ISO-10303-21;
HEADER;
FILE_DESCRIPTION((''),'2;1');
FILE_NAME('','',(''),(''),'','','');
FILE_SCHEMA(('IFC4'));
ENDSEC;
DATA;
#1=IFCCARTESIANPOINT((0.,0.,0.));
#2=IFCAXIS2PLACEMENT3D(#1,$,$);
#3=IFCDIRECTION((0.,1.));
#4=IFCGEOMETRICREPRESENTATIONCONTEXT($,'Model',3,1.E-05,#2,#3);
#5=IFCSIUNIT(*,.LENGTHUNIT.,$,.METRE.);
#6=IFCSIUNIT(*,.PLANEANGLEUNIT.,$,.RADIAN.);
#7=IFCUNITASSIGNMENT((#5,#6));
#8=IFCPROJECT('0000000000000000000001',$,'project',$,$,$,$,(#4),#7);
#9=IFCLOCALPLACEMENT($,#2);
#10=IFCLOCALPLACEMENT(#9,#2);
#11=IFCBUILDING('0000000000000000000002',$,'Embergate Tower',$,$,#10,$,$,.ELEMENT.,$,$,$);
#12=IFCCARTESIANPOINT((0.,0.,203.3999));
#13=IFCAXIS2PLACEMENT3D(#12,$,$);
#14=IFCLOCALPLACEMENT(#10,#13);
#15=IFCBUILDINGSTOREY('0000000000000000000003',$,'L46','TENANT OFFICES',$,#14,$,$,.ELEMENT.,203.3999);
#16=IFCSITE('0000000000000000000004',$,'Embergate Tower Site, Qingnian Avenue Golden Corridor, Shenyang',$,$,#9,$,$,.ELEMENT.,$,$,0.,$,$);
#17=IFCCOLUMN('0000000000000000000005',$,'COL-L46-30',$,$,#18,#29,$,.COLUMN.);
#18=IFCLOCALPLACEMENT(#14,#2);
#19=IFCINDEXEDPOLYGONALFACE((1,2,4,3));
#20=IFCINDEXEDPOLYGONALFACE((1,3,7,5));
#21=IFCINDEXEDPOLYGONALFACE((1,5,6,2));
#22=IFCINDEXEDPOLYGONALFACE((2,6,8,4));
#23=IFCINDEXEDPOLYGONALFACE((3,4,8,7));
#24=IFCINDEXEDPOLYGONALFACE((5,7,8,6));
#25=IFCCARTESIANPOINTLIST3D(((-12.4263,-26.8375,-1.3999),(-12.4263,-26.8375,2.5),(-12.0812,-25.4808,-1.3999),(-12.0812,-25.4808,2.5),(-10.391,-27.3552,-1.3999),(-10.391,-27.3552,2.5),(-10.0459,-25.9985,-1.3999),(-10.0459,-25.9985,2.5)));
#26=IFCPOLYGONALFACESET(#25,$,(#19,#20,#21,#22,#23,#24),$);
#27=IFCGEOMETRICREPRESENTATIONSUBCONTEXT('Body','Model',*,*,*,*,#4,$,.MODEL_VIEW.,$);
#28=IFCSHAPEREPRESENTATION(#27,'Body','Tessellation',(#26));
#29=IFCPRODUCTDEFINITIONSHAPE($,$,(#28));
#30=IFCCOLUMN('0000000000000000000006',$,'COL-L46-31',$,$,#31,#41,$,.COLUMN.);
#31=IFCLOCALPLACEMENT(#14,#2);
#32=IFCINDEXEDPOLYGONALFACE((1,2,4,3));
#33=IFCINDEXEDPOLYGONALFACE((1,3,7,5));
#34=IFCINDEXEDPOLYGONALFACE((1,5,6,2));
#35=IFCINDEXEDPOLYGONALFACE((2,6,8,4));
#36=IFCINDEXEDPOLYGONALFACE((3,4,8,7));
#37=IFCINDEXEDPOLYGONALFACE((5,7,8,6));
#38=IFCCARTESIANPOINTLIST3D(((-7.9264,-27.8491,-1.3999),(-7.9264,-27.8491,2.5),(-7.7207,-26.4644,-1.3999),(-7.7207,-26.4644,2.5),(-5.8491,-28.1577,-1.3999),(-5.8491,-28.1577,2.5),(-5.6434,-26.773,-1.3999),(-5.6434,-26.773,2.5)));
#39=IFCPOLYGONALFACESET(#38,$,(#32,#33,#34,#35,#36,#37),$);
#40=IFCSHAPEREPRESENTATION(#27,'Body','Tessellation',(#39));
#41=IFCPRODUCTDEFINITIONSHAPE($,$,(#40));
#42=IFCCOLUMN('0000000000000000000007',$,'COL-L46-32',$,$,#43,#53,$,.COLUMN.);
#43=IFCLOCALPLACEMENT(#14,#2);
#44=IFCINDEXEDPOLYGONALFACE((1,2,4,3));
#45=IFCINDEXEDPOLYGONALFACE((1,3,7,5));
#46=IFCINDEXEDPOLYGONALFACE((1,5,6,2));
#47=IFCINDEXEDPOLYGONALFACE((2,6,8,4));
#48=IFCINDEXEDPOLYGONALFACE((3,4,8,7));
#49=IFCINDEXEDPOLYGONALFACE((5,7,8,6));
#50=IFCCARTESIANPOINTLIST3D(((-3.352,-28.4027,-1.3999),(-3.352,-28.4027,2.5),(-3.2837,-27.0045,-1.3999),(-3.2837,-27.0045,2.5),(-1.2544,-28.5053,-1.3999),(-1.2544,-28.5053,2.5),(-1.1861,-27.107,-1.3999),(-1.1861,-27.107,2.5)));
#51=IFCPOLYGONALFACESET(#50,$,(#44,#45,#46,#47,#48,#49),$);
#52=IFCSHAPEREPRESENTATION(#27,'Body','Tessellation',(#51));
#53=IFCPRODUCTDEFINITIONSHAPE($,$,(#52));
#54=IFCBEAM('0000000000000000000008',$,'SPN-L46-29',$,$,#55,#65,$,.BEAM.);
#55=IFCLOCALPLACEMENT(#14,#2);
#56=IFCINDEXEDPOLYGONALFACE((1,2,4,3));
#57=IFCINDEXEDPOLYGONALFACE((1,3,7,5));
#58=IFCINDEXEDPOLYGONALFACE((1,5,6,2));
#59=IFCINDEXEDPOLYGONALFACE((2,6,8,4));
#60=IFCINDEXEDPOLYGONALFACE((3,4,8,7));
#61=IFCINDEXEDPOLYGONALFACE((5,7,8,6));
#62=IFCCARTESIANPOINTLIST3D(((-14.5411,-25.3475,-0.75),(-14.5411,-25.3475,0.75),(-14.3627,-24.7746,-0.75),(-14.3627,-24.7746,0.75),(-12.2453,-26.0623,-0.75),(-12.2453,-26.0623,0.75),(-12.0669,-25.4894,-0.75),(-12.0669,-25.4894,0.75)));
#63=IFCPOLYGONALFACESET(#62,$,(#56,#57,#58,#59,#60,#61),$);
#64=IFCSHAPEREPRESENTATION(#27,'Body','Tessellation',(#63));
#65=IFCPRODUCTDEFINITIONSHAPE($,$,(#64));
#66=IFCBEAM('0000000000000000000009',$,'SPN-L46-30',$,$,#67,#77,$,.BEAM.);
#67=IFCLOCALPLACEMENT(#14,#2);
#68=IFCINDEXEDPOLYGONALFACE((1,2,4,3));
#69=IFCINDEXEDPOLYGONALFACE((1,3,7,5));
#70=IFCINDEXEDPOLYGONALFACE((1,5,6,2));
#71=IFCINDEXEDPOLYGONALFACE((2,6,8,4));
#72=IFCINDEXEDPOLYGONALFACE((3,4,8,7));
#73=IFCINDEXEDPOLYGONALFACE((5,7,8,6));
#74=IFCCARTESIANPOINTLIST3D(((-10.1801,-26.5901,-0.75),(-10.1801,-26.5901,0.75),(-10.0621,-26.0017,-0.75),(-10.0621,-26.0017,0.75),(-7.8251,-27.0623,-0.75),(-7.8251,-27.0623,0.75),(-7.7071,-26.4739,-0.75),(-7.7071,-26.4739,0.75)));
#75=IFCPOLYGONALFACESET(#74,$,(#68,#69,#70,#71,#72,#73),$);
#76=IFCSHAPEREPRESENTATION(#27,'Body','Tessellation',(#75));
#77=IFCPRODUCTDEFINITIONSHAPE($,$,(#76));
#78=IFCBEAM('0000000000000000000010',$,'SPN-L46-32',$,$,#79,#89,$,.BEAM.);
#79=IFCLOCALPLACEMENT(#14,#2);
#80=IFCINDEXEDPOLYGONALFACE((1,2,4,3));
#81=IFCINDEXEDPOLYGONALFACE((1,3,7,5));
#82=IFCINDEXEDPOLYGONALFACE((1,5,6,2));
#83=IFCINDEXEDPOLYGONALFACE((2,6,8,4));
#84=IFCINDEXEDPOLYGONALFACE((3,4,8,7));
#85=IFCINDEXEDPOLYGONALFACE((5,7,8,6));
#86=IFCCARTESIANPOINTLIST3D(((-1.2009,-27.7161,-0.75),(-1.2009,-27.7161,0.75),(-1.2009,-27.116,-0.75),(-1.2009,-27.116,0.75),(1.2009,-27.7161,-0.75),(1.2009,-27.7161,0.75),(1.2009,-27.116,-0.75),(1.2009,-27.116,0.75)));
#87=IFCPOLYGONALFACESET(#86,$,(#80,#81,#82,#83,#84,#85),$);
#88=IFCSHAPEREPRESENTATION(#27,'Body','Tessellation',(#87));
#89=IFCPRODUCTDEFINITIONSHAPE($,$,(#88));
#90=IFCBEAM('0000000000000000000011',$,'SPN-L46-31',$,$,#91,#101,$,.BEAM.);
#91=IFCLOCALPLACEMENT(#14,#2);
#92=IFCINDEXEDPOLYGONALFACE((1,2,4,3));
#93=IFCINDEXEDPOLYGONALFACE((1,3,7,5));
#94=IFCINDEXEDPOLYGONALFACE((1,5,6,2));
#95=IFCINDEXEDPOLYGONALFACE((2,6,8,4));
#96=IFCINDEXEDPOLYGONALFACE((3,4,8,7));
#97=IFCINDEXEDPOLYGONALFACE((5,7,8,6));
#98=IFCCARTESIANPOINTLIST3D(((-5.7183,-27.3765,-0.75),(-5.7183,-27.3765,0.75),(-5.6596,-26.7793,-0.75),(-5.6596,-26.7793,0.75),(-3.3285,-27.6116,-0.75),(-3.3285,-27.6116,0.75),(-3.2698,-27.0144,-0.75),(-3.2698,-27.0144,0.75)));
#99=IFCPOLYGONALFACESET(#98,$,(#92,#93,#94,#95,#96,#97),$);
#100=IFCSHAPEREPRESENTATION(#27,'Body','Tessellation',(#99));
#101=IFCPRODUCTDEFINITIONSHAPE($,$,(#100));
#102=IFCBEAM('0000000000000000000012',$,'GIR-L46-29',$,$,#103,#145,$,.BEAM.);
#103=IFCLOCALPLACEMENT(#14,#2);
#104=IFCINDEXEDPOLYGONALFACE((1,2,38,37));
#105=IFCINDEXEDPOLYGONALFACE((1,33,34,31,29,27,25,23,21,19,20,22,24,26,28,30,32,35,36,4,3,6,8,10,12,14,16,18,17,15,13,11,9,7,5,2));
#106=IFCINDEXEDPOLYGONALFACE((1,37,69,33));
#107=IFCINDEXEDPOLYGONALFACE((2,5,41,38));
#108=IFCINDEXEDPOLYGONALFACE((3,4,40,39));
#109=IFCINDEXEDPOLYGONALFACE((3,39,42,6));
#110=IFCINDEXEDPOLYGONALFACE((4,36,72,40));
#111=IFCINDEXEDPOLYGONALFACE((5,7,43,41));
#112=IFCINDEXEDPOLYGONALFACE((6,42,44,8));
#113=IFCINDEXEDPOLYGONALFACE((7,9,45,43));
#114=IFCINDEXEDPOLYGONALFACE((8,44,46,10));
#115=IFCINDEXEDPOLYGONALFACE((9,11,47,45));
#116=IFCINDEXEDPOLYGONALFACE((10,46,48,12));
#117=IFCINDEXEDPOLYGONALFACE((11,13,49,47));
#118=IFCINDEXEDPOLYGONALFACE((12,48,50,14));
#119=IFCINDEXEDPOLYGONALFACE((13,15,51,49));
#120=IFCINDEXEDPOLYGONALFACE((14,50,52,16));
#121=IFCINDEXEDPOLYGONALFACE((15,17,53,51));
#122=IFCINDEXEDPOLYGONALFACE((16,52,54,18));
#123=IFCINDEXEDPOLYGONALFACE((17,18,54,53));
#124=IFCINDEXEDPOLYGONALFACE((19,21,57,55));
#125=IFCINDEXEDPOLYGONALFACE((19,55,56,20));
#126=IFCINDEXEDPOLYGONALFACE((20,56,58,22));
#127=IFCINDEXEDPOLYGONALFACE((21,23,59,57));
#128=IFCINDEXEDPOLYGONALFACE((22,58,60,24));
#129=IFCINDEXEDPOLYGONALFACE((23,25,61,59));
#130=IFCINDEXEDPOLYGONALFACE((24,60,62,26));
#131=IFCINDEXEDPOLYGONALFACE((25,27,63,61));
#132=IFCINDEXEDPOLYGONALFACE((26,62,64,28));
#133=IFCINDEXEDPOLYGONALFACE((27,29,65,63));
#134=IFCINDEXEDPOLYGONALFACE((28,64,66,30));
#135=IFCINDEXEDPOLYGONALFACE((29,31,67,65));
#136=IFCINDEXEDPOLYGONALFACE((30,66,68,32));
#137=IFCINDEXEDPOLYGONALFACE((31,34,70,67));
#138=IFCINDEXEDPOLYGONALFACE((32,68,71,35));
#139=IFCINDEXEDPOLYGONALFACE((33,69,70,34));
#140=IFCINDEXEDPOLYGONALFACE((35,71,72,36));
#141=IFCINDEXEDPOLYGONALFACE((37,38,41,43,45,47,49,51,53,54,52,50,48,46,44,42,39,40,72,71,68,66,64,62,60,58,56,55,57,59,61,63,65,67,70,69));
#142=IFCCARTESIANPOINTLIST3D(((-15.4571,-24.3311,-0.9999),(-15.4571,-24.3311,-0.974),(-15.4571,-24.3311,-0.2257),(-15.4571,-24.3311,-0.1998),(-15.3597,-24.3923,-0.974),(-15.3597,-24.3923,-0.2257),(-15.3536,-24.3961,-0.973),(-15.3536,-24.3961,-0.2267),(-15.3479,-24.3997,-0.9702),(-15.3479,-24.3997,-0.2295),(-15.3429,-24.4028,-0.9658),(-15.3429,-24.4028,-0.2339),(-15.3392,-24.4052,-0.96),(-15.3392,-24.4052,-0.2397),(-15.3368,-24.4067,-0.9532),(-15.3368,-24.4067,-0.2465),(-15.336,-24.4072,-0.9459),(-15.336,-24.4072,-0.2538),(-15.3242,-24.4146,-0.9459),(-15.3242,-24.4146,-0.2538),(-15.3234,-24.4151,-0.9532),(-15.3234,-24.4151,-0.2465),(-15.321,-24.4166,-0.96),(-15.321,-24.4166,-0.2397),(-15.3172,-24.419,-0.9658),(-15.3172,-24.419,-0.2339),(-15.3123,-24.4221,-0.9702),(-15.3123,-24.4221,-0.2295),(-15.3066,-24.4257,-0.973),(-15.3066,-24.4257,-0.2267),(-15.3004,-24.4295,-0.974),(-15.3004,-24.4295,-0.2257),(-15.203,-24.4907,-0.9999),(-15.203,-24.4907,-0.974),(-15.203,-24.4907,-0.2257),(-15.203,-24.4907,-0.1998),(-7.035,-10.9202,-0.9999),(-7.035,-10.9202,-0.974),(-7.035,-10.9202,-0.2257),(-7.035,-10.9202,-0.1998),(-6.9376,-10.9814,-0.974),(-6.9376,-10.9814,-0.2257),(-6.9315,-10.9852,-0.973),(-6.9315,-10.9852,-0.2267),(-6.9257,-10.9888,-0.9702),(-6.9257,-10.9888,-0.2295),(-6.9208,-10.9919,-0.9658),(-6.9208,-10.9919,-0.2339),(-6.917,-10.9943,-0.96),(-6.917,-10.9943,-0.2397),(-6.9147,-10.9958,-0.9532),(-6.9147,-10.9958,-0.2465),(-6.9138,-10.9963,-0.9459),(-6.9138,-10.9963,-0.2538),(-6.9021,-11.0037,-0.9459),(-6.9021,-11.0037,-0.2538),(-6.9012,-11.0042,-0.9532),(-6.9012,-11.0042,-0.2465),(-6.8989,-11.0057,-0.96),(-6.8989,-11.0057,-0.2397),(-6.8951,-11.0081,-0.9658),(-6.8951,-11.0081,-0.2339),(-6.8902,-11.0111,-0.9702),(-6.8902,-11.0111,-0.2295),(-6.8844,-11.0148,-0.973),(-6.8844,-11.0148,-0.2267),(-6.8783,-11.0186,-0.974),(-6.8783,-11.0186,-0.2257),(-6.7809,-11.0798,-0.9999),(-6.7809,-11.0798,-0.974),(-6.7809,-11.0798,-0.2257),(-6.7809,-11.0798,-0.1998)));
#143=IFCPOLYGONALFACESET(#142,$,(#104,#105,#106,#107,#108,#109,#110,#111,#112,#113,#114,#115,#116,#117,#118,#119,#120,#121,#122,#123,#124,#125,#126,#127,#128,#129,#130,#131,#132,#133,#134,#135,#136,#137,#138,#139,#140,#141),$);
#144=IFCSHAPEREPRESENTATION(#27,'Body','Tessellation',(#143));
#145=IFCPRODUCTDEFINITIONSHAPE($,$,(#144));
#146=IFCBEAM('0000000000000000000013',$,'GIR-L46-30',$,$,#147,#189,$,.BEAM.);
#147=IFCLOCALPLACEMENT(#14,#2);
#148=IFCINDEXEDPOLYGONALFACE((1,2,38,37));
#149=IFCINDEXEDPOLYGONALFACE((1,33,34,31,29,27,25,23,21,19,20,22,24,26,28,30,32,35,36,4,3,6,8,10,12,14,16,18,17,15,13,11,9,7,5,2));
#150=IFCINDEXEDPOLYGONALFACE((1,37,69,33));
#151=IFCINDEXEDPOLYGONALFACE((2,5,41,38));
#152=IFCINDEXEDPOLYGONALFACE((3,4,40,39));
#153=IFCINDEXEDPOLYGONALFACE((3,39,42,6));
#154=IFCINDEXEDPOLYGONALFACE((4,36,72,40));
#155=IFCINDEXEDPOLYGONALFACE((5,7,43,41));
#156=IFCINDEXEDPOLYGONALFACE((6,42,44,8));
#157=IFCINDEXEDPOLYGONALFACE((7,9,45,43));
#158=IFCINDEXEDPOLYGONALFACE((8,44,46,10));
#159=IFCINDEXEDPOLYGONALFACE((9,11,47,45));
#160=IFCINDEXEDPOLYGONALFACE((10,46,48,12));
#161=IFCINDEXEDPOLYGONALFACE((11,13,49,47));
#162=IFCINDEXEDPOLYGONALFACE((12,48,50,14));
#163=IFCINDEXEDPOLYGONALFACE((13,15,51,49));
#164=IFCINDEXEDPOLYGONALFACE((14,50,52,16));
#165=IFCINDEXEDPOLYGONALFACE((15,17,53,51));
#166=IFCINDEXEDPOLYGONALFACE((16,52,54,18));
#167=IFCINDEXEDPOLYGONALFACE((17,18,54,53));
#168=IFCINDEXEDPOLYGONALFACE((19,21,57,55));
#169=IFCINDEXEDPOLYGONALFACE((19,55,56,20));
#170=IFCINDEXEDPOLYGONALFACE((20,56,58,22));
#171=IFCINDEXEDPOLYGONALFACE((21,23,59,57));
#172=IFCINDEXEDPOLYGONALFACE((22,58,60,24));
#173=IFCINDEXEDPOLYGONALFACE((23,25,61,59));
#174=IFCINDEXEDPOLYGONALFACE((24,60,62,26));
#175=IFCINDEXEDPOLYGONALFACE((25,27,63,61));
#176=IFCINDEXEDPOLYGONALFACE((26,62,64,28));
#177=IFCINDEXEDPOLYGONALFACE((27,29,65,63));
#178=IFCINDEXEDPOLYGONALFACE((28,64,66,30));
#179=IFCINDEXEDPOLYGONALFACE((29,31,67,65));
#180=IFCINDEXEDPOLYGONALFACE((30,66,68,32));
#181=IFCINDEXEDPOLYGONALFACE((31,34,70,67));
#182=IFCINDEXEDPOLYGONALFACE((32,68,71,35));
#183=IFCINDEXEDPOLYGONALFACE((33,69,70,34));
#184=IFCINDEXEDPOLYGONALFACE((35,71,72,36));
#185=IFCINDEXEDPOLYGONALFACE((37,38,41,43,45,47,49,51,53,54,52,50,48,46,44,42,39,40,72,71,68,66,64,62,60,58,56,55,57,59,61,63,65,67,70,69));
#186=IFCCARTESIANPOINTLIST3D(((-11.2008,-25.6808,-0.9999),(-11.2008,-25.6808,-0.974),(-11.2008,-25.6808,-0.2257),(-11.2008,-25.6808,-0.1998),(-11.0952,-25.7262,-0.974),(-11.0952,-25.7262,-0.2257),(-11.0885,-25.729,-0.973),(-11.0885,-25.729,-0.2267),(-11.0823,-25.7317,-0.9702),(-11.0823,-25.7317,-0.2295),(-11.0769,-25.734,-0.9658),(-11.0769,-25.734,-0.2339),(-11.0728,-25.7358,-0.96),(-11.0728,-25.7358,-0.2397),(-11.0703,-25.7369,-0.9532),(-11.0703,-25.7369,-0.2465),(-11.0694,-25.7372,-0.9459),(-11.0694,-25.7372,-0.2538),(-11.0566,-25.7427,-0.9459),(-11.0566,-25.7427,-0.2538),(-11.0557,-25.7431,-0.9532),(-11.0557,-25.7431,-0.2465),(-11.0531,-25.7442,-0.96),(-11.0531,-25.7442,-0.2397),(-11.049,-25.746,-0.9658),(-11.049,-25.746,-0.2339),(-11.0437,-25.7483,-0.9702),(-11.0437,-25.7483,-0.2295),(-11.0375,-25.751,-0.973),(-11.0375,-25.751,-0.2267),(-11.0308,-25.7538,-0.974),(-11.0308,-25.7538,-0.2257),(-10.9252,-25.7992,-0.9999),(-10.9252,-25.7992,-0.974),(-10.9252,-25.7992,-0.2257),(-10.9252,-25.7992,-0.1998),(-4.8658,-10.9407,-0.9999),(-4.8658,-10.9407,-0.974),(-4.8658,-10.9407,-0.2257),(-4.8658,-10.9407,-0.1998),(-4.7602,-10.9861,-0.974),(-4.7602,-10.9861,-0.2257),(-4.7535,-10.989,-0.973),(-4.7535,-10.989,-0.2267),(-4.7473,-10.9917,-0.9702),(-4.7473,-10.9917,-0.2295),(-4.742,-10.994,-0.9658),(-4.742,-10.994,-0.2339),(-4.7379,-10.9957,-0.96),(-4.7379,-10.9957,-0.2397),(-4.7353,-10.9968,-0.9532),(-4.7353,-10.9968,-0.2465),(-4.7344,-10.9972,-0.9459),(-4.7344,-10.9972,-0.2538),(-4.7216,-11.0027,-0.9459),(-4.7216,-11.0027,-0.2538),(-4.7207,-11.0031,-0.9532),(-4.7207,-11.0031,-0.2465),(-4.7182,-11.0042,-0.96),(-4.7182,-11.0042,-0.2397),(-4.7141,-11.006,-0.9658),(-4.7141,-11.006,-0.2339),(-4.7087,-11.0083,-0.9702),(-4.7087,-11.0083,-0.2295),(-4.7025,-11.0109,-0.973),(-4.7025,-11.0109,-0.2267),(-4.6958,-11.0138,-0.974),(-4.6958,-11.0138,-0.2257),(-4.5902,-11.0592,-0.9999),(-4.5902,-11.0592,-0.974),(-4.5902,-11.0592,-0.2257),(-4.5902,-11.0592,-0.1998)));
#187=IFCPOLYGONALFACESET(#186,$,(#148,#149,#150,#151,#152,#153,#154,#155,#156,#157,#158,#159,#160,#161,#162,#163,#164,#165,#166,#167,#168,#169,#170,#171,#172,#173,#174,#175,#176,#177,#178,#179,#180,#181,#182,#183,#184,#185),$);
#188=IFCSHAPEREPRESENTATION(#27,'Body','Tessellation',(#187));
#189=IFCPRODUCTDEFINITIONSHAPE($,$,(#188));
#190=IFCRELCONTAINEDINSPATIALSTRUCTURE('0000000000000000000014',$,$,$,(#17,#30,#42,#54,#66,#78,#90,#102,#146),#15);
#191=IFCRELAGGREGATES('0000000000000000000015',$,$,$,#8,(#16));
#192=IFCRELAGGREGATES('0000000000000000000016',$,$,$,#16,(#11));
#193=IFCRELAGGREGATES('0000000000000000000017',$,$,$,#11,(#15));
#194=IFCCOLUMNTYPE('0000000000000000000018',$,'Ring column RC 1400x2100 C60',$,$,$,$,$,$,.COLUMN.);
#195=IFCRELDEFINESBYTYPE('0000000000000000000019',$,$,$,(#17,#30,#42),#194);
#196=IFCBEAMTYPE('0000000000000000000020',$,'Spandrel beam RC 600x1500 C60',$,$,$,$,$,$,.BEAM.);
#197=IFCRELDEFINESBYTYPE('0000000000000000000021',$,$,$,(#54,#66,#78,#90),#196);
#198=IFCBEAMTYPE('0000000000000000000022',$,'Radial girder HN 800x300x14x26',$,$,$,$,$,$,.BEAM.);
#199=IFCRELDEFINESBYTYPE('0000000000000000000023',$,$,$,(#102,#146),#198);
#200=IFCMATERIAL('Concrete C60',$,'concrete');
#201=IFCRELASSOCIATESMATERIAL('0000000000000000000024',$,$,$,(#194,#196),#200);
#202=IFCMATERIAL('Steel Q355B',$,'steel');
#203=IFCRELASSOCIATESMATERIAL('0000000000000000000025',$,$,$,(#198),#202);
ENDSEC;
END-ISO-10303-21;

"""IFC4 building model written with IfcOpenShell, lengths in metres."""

from ifc_helpers import new_model, si_unit, direction, frame, origin, origin_2d, place, context, subcontext, project, spatial, rectangle, i_section, extrude, source, transform, mapped, material, material_profile, profile_set, type_object, element, save


model = new_model("IFC4")

# Units and contexts
model_context = context("Model", 3, precision=1e-05, world=origin(), true_north=direction((0.0, 1.0)))
body_context = subcontext(model_context, "Body", "Model", "MODEL_VIEW")
ifc_project = project(units=[si_unit("LENGTHUNIT", "METRE"), si_unit("PLANEANGLEUNIT", "RADIAN")], contexts=[model_context])

# Site, building, storey
site_placement = place(None, origin())
site = spatial("IfcSite", under=ifc_project, at=site_placement, Name="Embergate Tower Site, Qingnian Avenue Golden Corridor, Shenyang", CompositionType="ELEMENT", RefElevation=0.0)
building_placement = place(site_placement, origin())
building = spatial("IfcBuilding", under=site, at=building_placement, Name="Embergate Tower", CompositionType="ELEMENT")
storey_placement = place(building_placement, frame((0.0, 0.0, 203.3999)))
storey = spatial("IfcBuildingStorey", under=building, at=storey_placement, Name="L46", Description="TENANT OFFICES", CompositionType="ELEMENT", Elevation=203.3999)

# Columns
ifc_material_1 = material(Name="Concrete C60", Category="concrete")
ifc_material_profile_1 = material_profile(ifc_material_1, rectangle(XDim=1.3999, YDim=2.1001, at=origin_2d()), Name="RC 1400x2100")
ifc_profile_set_1 = profile_set([ifc_material_profile_1], Name="Concrete C60")
column_type = type_object("IfcColumnType", Name="Ring column RC 1400x2100 C60", PredefinedType="COLUMN", material=ifc_profile_set_1)
shared_shape_1 = source(origin(), body_context, "Body", "SweptSolid", [
    extrude(rectangle(XDim=1.3999, YDim=2.1001, at=origin_2d()), origin(), (0.0, 0.0, 1.0), 3.8999),
])
for number, where, z_axis, x_axis, name in (
    (1, (-11.2361, -26.418, -1.3999), (0.0, 0.0, 1.0), (-0.246509, -0.969141, 0.0), "COL-L46-30"),
    (2, (-6.7849, -27.311, -1.3999), (0.0, 0.0, 1.0), (-0.146929, -0.989147, 0.0), "COL-L46-31"),
    (3, (-2.269, -27.7549, -1.3999), (0.0, 0.0, 1.0), (-0.048815, -0.998808, 0.0), "COL-L46-32"),
):
    element("IfcColumn", number, at=place(storey_placement, frame(where, z_axis=z_axis, x_axis=x_axis)), inside=storey, type_object=column_type, Name=name, PredefinedType="COLUMN", context=body_context, shape_type="MappedRepresentation", body=[
        mapped(shared_shape_1, transform((0.0, 0.0, 0.0))),
    ])

# Beams
ifc_material_profile_2 = material_profile(ifc_material_1, rectangle(XDim=0.6001, YDim=1.5, at=origin_2d()), Name="RC 600x1500")
ifc_profile_set_2 = profile_set([ifc_material_profile_2], Name="Concrete C60")
beam_type_1 = type_object("IfcBeamType", Name="Spandrel beam RC 600x1500 C60", PredefinedType="BEAM", material=ifc_profile_set_2)
shared_shape_2 = source(origin(), body_context, "Body", "SweptSolid", [
    extrude(rectangle(XDim=0.6001, YDim=1.5, at=origin_2d()), origin(), (0.0, 0.0, 1.0), 2.4045),
])
beam_1_placement = place(storey_placement, frame((-14.4519, -25.061, 0.0), z_axis=(0.95479, -0.29728, 0.0), x_axis=(0.29728, 0.95479, 0.0)))
element("IfcBeam", 4, at=beam_1_placement, inside=storey, type_object=beam_type_1, Name="SPN-L46-29", PredefinedType="BEAM", context=body_context, shape_type="MappedRepresentation", body=[
    mapped(shared_shape_2, transform((0.0, 0.0, 0.0))),
])
shared_shape_3 = source(origin(), body_context, "Body", "SweptSolid", [
    extrude(rectangle(XDim=0.6001, YDim=1.5, at=origin_2d()), origin(), (0.0, 0.0, 1.0), 2.4019),
])
for number, where, z_axis, x_axis, name in (
    (5, (-10.1211, -26.2959, 0.0), (0.980487, -0.196585, 0.0), (0.196585, 0.980487, 0.0), "SPN-L46-30"),
    (6, (-1.2009, -27.416, 0.0), (1.0, 0.0, 0.0), (0.0, 1.0, 0.0), "SPN-L46-32"),
):
    element("IfcBeam", number, at=place(storey_placement, frame(where, z_axis=z_axis, x_axis=x_axis)), inside=storey, type_object=beam_type_1, Name=name, PredefinedType="BEAM", context=body_context, shape_type="MappedRepresentation", body=[
        mapped(shared_shape_3, transform((0.0, 0.0, 0.0))),
    ])
shared_shape_4 = source(origin(), body_context, "Body", "SweptSolid", [
    extrude(rectangle(XDim=0.6001, YDim=1.5, at=origin_2d()), origin(), (0.0, 0.0, 1.0), 2.4014),
])
beam_2_placement = place(storey_placement, frame((-5.689, -27.0779, 0.0), z_axis=(0.995196, -0.097903, 0.0), x_axis=(0.097903, 0.995196, 0.0)))
element("IfcBeam", 7, at=beam_2_placement, inside=storey, type_object=beam_type_1, Name="SPN-L46-31", PredefinedType="BEAM", context=body_context, shape_type="MappedRepresentation", body=[
    mapped(shared_shape_4, transform((0.0, 0.0, 0.0))),
])
ifc_material_2 = material(Name="Steel Q355B", Category="steel")
ifc_material_profile_3 = material_profile(ifc_material_2, i_section(OverallWidth=0.3, OverallDepth=0.8, WebThickness=0.0139, FlangeThickness=0.0259, FilletRadius=0.0281, at=origin_2d()), Name="HN 800x300x14x26")
ifc_profile_set_3 = profile_set([ifc_material_profile_3], Name="Steel Q355 grade B")
beam_type_2 = type_object("IfcBeamType", Name="Radial girder HN 800x300x14x26", PredefinedType="BEAM", material=ifc_profile_set_3)
shared_shape_5 = source(origin(), body_context, "Body", "SweptSolid", [
    extrude(i_section(OverallWidth=0.3, OverallDepth=0.8, WebThickness=0.0139, FlangeThickness=0.0259, FilletRadius=0.0281, at=origin_2d()), origin(), (0.0, 0.0, 1.0), 15.8362),
])
beam_3_placement = place(storey_placement, frame((-15.3301, -24.4109, -0.5999), z_axis=(0.531828, 0.846852, 0.0), x_axis=(-0.846852, 0.531828, 0.0)))
element("IfcBeam", 8, at=beam_3_placement, inside=storey, type_object=beam_type_2, Name="GIR-L46-29", PredefinedType="BEAM", context=body_context, shape_type="MappedRepresentation", body=[
    mapped(shared_shape_5, transform((0.0, 0.0, 0.0))),
])
shared_shape_6 = source(origin(), body_context, "Body", "SweptSolid", [
    extrude(i_section(OverallWidth=0.3, OverallDepth=0.8, WebThickness=0.0139, FlangeThickness=0.0259, FilletRadius=0.0281, at=origin_2d()), origin(), (0.0, 0.0, 1.0), 16.0437),
])
beam_4_placement = place(storey_placement, frame((-11.063, -25.74, -0.5999), z_axis=(0.394858, 0.918742, 0.0), x_axis=(-0.918742, 0.394858, 0.0)))
element("IfcBeam", 9, at=beam_4_placement, inside=storey, type_object=beam_type_2, Name="GIR-L46-30", PredefinedType="BEAM", context=body_context, shape_type="MappedRepresentation", body=[
    mapped(shared_shape_6, transform((0.0, 0.0, 0.0))),
])

save(model, "model.ifc")
